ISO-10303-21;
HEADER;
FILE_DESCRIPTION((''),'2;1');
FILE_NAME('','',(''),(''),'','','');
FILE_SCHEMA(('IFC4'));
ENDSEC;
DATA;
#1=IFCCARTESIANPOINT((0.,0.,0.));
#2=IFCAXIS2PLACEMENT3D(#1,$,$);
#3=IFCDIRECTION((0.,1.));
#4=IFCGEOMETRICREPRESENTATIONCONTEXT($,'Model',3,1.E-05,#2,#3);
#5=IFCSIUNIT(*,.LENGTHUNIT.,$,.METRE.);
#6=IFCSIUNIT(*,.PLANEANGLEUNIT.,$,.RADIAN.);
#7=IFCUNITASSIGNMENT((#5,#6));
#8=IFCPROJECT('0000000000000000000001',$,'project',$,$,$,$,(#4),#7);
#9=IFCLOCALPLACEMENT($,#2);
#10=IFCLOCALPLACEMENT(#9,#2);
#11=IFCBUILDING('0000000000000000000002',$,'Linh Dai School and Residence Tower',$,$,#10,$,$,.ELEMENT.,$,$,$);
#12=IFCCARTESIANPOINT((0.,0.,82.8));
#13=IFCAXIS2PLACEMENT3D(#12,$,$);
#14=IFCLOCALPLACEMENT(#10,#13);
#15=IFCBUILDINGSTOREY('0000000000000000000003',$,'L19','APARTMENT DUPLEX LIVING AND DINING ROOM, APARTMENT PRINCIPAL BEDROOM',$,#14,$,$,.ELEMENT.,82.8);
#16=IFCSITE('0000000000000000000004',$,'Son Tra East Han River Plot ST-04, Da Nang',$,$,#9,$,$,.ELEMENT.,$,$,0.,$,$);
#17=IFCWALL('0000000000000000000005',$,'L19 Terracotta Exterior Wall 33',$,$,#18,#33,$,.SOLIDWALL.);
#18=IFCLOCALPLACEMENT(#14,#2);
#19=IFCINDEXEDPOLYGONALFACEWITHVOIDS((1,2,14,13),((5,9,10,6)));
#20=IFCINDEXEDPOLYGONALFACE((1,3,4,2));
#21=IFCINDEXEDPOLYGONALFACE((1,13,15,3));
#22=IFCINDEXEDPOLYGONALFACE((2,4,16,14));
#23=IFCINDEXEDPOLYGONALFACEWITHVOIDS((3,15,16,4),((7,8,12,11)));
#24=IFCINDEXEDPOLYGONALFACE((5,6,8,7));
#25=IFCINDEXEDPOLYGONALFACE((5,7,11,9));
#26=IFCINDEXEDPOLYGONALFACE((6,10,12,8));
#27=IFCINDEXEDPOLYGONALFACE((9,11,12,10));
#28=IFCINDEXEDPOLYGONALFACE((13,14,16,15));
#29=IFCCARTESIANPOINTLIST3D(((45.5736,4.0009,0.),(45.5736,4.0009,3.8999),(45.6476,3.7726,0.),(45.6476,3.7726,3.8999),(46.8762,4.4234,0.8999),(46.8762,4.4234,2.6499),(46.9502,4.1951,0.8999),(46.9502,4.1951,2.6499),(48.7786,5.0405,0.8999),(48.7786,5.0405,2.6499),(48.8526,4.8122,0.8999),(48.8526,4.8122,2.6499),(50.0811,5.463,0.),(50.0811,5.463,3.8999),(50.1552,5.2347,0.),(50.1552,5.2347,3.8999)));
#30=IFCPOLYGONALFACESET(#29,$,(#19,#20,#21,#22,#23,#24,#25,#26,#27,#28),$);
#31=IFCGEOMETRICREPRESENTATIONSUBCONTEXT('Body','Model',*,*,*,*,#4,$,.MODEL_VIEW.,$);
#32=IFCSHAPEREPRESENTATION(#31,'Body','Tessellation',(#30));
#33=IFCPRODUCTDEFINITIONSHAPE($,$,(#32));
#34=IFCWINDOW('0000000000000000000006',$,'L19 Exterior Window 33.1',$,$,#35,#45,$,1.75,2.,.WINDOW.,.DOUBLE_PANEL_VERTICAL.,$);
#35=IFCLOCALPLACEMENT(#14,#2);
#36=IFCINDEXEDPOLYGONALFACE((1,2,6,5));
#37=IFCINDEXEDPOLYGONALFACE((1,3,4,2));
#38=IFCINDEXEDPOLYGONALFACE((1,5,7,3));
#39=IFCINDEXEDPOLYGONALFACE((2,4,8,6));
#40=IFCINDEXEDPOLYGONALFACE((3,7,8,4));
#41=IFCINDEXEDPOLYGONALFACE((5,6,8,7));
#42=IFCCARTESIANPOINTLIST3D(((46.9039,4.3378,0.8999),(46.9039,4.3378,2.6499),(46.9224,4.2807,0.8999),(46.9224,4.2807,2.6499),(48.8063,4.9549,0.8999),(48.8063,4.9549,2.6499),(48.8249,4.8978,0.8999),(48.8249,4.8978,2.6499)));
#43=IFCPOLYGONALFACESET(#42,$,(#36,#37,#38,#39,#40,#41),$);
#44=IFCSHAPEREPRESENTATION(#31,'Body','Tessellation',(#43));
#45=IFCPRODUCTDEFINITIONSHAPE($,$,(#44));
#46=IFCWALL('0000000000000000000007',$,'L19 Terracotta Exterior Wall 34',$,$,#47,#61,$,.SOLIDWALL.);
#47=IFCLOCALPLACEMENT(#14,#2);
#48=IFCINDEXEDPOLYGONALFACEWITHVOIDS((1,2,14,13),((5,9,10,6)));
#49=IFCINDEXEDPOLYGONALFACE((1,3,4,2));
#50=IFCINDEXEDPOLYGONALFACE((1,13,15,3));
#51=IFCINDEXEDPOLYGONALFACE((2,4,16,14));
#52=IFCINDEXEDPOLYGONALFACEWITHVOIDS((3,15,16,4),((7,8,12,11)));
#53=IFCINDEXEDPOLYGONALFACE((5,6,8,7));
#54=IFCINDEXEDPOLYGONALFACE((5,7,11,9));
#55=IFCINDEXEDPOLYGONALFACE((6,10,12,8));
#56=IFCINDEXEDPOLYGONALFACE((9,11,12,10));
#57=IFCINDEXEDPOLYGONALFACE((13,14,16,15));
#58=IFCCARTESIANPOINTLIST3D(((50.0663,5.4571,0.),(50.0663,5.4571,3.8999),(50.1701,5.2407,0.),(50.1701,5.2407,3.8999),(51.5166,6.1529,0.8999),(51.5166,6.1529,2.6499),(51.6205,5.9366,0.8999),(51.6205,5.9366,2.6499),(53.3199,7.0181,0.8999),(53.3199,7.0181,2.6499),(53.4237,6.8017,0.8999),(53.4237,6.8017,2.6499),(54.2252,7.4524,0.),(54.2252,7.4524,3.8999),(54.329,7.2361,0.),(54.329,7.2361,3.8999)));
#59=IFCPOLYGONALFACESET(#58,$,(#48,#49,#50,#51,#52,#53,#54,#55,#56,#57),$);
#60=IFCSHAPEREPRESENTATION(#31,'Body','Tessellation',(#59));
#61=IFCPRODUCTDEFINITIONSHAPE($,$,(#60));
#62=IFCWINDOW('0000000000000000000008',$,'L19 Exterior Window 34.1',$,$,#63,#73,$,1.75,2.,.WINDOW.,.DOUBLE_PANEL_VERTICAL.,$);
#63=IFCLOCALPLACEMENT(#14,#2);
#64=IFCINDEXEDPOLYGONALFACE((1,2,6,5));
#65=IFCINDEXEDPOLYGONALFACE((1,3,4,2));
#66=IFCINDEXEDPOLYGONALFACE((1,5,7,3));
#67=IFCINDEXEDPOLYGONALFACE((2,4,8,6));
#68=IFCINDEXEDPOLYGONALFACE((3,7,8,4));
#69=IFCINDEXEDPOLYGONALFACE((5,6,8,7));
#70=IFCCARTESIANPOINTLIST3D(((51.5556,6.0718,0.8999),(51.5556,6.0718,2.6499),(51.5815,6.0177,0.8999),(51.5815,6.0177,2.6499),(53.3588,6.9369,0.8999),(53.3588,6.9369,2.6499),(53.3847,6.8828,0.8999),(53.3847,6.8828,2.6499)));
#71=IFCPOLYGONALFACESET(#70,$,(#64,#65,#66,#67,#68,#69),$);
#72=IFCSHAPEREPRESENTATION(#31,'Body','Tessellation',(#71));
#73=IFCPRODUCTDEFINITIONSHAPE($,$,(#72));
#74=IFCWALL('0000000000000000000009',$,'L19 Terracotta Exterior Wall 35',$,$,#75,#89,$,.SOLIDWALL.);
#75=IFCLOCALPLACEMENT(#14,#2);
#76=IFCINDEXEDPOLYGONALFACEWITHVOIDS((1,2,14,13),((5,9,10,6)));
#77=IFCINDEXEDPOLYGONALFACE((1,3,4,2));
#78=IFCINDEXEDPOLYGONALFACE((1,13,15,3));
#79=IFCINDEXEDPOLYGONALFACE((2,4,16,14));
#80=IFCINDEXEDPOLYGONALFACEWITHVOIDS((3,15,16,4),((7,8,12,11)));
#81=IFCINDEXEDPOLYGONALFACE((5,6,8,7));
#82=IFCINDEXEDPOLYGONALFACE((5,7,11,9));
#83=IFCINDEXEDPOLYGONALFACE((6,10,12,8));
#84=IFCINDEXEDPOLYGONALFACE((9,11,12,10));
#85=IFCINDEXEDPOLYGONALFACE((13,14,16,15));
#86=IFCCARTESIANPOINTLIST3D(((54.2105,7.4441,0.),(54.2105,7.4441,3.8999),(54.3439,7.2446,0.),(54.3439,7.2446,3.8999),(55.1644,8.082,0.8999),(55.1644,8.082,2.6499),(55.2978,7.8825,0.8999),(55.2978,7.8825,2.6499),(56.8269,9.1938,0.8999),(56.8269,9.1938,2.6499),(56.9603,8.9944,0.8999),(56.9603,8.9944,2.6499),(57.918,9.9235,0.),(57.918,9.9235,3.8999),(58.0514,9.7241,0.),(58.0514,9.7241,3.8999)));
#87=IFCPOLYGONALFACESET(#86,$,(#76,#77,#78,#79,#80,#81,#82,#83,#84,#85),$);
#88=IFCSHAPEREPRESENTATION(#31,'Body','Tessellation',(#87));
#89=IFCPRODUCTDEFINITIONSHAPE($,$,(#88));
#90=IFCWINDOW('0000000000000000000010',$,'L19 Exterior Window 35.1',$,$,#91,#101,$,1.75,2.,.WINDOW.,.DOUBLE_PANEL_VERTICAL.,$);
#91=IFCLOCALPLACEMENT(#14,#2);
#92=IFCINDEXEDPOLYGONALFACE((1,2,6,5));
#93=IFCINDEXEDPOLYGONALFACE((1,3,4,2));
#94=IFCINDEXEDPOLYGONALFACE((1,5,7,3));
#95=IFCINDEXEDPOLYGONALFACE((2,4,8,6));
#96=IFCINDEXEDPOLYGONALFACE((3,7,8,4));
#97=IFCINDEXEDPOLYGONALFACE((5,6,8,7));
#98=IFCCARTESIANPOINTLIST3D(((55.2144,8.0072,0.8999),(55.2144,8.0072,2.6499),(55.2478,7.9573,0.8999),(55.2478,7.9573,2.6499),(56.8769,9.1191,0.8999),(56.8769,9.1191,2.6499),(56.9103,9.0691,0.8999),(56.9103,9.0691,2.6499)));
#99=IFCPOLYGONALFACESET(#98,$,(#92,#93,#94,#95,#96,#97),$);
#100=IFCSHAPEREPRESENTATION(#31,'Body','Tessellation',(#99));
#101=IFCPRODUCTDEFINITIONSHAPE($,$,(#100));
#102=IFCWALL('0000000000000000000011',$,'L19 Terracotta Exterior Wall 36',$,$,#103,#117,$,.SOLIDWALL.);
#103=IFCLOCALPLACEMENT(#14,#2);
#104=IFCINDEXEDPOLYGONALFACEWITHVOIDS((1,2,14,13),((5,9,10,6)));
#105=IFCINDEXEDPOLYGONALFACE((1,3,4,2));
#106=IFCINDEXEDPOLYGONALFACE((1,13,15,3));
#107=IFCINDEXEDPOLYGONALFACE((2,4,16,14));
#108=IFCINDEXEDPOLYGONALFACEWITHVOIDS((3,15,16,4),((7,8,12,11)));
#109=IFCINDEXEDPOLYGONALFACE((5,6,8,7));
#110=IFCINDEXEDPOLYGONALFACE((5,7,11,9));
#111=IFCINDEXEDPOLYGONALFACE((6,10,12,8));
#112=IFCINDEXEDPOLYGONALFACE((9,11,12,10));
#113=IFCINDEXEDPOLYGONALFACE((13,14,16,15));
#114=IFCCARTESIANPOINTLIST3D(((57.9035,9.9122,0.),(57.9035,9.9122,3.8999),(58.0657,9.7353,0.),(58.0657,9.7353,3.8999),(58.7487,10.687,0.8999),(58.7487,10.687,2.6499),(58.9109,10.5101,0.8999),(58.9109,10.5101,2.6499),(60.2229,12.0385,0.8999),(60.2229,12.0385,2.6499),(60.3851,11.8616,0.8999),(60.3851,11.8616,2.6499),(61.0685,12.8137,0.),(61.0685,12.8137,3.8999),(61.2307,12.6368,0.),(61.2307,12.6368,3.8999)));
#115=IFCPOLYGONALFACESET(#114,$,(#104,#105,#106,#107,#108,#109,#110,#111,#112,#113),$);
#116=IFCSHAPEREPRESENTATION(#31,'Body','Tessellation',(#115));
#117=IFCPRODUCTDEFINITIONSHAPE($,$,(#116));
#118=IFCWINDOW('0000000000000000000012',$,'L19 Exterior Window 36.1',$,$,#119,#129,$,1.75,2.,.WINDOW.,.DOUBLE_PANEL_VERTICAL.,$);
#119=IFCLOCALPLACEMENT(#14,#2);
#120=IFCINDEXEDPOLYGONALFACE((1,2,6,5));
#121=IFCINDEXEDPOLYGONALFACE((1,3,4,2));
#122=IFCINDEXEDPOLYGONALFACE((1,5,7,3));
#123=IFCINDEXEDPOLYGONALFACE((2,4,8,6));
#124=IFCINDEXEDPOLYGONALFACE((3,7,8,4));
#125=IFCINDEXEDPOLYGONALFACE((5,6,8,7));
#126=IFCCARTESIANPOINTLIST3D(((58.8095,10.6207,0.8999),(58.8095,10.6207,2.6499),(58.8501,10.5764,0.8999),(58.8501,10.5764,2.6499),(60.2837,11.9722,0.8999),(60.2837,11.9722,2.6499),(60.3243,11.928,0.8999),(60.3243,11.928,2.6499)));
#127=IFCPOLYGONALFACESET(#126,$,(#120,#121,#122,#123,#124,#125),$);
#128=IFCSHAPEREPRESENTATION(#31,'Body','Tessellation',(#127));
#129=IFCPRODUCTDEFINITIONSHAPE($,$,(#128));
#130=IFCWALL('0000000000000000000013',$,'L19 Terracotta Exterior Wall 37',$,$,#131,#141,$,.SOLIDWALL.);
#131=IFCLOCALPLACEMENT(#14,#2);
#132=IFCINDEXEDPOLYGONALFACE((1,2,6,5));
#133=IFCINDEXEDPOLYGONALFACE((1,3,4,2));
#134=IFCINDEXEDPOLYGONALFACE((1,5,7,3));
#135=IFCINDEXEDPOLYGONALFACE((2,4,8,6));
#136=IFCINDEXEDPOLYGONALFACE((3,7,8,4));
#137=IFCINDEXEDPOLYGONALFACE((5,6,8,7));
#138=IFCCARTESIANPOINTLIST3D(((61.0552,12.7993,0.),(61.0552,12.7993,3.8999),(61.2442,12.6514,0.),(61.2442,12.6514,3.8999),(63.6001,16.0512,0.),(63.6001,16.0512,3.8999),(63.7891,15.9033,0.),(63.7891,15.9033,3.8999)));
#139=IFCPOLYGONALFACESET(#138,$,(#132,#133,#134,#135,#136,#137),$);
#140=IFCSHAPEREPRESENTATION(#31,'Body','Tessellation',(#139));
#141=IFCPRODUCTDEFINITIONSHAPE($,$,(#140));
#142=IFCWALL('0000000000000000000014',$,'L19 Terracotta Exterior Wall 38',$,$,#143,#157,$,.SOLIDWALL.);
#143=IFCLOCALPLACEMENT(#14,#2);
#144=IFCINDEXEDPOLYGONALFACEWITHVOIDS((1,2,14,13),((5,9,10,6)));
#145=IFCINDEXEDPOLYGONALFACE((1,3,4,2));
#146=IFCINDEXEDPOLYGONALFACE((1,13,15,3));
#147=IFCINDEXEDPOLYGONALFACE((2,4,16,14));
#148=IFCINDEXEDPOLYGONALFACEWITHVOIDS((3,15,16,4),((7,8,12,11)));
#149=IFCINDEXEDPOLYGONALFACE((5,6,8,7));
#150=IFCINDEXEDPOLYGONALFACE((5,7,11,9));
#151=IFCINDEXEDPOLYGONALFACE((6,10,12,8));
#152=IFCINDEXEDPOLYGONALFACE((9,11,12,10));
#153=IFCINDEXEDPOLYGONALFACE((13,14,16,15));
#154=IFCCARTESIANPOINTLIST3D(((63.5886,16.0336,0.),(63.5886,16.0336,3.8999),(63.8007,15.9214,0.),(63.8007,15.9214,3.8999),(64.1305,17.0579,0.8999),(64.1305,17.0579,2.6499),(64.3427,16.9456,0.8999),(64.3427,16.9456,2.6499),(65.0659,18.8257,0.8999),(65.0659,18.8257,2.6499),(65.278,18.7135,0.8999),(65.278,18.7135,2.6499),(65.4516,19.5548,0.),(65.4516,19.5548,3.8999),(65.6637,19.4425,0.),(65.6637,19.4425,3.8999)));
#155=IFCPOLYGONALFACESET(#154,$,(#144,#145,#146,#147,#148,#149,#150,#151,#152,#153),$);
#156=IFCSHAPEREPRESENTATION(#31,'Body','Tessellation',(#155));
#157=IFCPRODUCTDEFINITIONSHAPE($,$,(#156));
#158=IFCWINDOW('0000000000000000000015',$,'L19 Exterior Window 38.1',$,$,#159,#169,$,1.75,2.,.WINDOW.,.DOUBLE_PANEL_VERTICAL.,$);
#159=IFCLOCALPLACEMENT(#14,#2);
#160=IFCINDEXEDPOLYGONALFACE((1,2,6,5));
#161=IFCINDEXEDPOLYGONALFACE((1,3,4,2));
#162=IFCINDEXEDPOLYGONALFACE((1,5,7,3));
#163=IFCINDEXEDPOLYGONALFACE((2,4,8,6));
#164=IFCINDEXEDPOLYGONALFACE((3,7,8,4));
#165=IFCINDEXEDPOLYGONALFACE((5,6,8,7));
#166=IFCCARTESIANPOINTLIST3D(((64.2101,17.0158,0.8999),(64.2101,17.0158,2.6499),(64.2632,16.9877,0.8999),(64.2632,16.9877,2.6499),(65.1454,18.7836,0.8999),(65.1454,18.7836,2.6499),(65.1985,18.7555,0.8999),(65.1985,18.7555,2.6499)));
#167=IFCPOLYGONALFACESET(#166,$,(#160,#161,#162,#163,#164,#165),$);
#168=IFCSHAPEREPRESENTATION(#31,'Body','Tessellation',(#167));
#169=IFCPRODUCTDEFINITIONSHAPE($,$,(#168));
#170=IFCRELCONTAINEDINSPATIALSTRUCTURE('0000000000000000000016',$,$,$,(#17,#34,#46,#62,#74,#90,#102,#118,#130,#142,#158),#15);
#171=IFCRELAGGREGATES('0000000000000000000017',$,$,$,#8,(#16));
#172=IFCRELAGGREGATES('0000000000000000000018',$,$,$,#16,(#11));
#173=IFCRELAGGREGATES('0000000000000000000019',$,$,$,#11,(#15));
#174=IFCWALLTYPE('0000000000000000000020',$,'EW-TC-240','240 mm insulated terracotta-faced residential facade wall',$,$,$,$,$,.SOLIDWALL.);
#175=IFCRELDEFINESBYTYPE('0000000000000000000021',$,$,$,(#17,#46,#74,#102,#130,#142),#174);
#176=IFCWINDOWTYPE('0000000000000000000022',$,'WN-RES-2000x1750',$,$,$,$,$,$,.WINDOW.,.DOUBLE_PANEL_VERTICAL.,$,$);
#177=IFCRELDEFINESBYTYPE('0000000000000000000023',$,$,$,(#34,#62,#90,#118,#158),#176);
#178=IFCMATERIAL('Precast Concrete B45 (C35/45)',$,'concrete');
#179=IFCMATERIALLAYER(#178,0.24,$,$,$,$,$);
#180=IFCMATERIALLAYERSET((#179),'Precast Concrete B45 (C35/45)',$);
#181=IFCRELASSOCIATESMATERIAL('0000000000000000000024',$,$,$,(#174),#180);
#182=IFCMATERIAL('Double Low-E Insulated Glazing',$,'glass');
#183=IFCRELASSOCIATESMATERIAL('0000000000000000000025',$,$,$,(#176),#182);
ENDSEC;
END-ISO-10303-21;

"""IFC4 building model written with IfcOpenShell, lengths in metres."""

from ifc_helpers import new_model, si_unit, direction, frame, frame_2d, origin, origin_2d, place, context, subcontext, project, spatial, rectangle, extrude, source, transform, mapped, material, layer, layer_set, type_object, element, fill, save


model = new_model("IFC4")

# Units and contexts
model_context = context("Model", 3, precision=1e-05, world=origin(), true_north=direction((0.0, 1.0)))
body_context = subcontext(model_context, "Body", "Model", "MODEL_VIEW")
ifc_project = project(units=[si_unit("LENGTHUNIT", "METRE"), si_unit("PLANEANGLEUNIT", "RADIAN")], contexts=[model_context])

# Site, building, storey
site_placement = place(None, origin())
site = spatial("IfcSite", under=ifc_project, at=site_placement, Name="Son Tra East Han River Plot ST-04, Da Nang", CompositionType="ELEMENT", RefElevation=0.0)
building_placement = place(site_placement, origin())
building = spatial("IfcBuilding", under=site, at=building_placement, Name="Linh Dai School and Residence Tower", CompositionType="ELEMENT")
storey_placement = place(building_placement, frame((0.0, 0.0, 82.8)))
storey = spatial("IfcBuildingStorey", under=building, at=storey_placement, Name="L19", Description="APARTMENT DUPLEX LIVING AND DINING ROOM, APARTMENT PRINCIPAL BEDROOM", CompositionType="ELEMENT", Elevation=82.8)

# Shared definitions
ifc_material_1 = material(Name="Precast Concrete B45 (C35/45)", Category="concrete")

# Walls, openings, windows
ifc_layer_1 = layer(ifc_material_1, 0.24)
ifc_layer_set_1 = layer_set([ifc_layer_1], Name="Precast Concrete B45 (C35/45)")
wall_type_1 = type_object("IfcWallType", Name="EW-TC-240", Description="240 mm insulated terracotta-faced residential facade wall", PredefinedType="SOLIDWALL", material=ifc_layer_set_1)
wall_1_placement = place(storey_placement, frame((50.1182, 5.3489, 0.0), z_axis=(0.0, 0.0, 1.0), x_axis=(-0.951208, -0.308551, 0.0)))
wall_1 = element("IfcWall", 1, at=wall_1_placement, inside=storey, type_object=wall_type_1, Name="L19 Terracotta Exterior Wall 33", PredefinedType="SOLIDWALL", context=body_context, shape_type="SweptSolid", body=[
    extrude(rectangle(XDim=4.7388, YDim=0.24, at=frame_2d((2.3694, 0.0))), origin(), (0.0, 0.0, 1.0), 3.8999),
])
opening_1_placement = place(wall_1_placement, frame((1.3694, 0.0, 0.8999)))
opening_1 = element("IfcOpeningElement", 2, at=opening_1_placement, cuts=wall_1, PredefinedType="OPENING", context=body_context, shape_type="SweptSolid", body=[
    extrude(rectangle(XDim=2.0, YDim=1.75, at=origin_2d()), frame((1.0, 0.1299, 0.875), z_axis=(0.0, -1.0, 0.0), x_axis=(1.0, 0.0, 0.0)), (0.0, 0.0, 1.0), 0.26),
])
ifc_material_2 = material(Name="Double Low-E Insulated Glazing", Category="glass")
window_type = type_object("IfcWindowType", Name="WN-RES-2000x1750", PartitioningType="DOUBLE_PANEL_VERTICAL", PredefinedType="WINDOW", material=ifc_material_2)
shared_shape_1 = source(origin(), body_context, "Body", "SweptSolid", [
    extrude(rectangle(XDim=2.0, YDim=1.75, at=origin_2d()), frame((1.0, 0.03, 0.875), z_axis=(0.0, -1.0, 0.0), x_axis=(1.0, 0.0, 0.0)), (0.0, 0.0, 1.0), 0.0601),
])
window_1_placement = place(opening_1_placement, origin())
window_1 = element("IfcWindow", 3, at=window_1_placement, inside=storey, type_object=window_type, Name="L19 Exterior Window 33.1", OverallHeight=1.75, OverallWidth=2.0, PartitioningType="DOUBLE_PANEL_VERTICAL", PredefinedType="WINDOW", context=body_context, shape_type="MappedRepresentation", body=[
    mapped(shared_shape_1, transform((0.0, 0.0, 0.0), x_axis=(1.0, 0.0, 0.0), y_axis=(0.0, 1.0, 0.0), z_axis=(0.0, 0.0, 1.0), scale=1.0)),
])
fill(opening_1, window_1)
wall_2_placement = place(storey_placement, frame((54.2771, 7.3442, 0.0), z_axis=(0.0, 0.0, 1.0), x_axis=(-0.901602, -0.432568, 0.0)))
wall_2 = element("IfcWall", 4, at=wall_2_placement, inside=storey, type_object=wall_type_1, Name="L19 Terracotta Exterior Wall 34", PredefinedType="SOLIDWALL", context=body_context, shape_type="SweptSolid", body=[
    extrude(rectangle(XDim=4.6128, YDim=0.24, at=frame_2d((2.3064, 0.0))), origin(), (0.0, 0.0, 1.0), 3.8999),
])
opening_2_placement = place(wall_2_placement, frame((1.0042, 0.0, 0.8999)))
opening_2 = element("IfcOpeningElement", 5, at=opening_2_placement, cuts=wall_2, PredefinedType="OPENING", context=body_context, shape_type="SweptSolid", body=[
    extrude(rectangle(XDim=2.0, YDim=1.75, at=origin_2d()), frame((1.0, 0.1299, 0.875), z_axis=(0.0, -1.0, 0.0), x_axis=(1.0, 0.0, 0.0)), (0.0, 0.0, 1.0), 0.26),
])
window_2_placement = place(opening_2_placement, origin())
window_2 = element("IfcWindow", 6, at=window_2_placement, inside=storey, type_object=window_type, Name="L19 Exterior Window 34.1", OverallHeight=1.75, OverallWidth=2.0, PartitioningType="DOUBLE_PANEL_VERTICAL", PredefinedType="WINDOW", context=body_context, shape_type="MappedRepresentation", body=[
    mapped(shared_shape_1, transform((0.0, 0.0, 0.0), x_axis=(1.0, 0.0, 0.0), y_axis=(0.0, 1.0, 0.0), z_axis=(0.0, 0.0, 1.0), scale=1.0)),
])
fill(opening_2, window_2)
wall_3_placement = place(storey_placement, frame((57.9846, 9.8237, 0.0), z_axis=(0.0, 0.0, 1.0), x_axis=(-0.831241, -0.555912, 0.0)))
wall_3 = element("IfcWall", 7, at=wall_3_placement, inside=storey, type_object=wall_type_1, Name="L19 Terracotta Exterior Wall 35", PredefinedType="SOLIDWALL", context=body_context, shape_type="SweptSolid", body=[
    extrude(rectangle(XDim=4.4602, YDim=0.24, at=frame_2d((2.23, 0.0))), origin(), (0.0, 0.0, 1.0), 3.8999),
])
opening_3_placement = place(wall_3_placement, frame((1.3125, 0.0, 0.8999)))
opening_3 = element("IfcOpeningElement", 8, at=opening_3_placement, cuts=wall_3, PredefinedType="OPENING", context=body_context, shape_type="SweptSolid", body=[
    extrude(rectangle(XDim=2.0, YDim=1.75, at=origin_2d()), frame((1.0, 0.1299, 0.875), z_axis=(0.0, -1.0, 0.0), x_axis=(1.0, 0.0, 0.0)), (0.0, 0.0, 1.0), 0.26),
])
window_3_placement = place(opening_3_placement, origin())
window_3 = element("IfcWindow", 9, at=window_3_placement, inside=storey, type_object=window_type, Name="L19 Exterior Window 35.1", OverallHeight=1.75, OverallWidth=2.0, PartitioningType="DOUBLE_PANEL_VERTICAL", PredefinedType="WINDOW", context=body_context, shape_type="MappedRepresentation", body=[
    mapped(shared_shape_1, transform((0.0, 0.0, 0.0), x_axis=(1.0, 0.0, 0.0), y_axis=(0.0, 1.0, 0.0), z_axis=(0.0, 0.0, 1.0), scale=1.0)),
])
fill(opening_3, window_3)
wall_4_placement = place(storey_placement, frame((61.1497, 12.7253, 0.0), z_axis=(0.0, 0.0, 1.0), x_axis=(-0.737116, -0.675766, 0.0)))
wall_4 = element("IfcWall", 10, at=wall_4_placement, inside=storey, type_object=wall_type_1, Name="L19 Terracotta Exterior Wall 36", PredefinedType="SOLIDWALL", context=body_context, shape_type="SweptSolid", body=[
    extrude(rectangle(XDim=4.2937, YDim=0.24, at=frame_2d((2.147, 0.0))), origin(), (0.0, 0.0, 1.0), 3.8999),
])
opening_4_placement = place(wall_4_placement, frame((1.1472, 0.0, 0.8999)))
opening_4 = element("IfcOpeningElement", 11, at=opening_4_placement, cuts=wall_4, PredefinedType="OPENING", context=body_context, shape_type="SweptSolid", body=[
    extrude(rectangle(XDim=2.0, YDim=1.75, at=origin_2d()), frame((1.0, 0.1299, 0.875), z_axis=(0.0, -1.0, 0.0), x_axis=(1.0, 0.0, 0.0)), (0.0, 0.0, 1.0), 0.26),
])
window_4_placement = place(opening_4_placement, origin())
window_4 = element("IfcWindow", 12, at=window_4_placement, inside=storey, type_object=window_type, Name="L19 Exterior Window 36.1", OverallHeight=1.75, OverallWidth=2.0, PartitioningType="DOUBLE_PANEL_VERTICAL", PredefinedType="WINDOW", context=body_context, shape_type="MappedRepresentation", body=[
    mapped(shared_shape_1, transform((0.0, 0.0, 0.0), x_axis=(1.0, 0.0, 0.0), y_axis=(0.0, 1.0, 0.0), z_axis=(0.0, 0.0, 1.0), scale=1.0)),
])
fill(opening_4, window_4)

# Wall
wall_5_placement = place(storey_placement, frame((63.6946, 15.9773, 0.0), z_axis=(0.0, 0.0, 1.0), x_axis=(-0.616296, -0.787515, 0.0)))
element("IfcWall", 13, at=wall_5_placement, inside=storey, type_object=wall_type_1, Name="L19 Terracotta Exterior Wall 37", PredefinedType="SOLIDWALL", context=body_context, shape_type="SweptSolid", body=[
    extrude(rectangle(XDim=4.1294, YDim=0.24, at=frame_2d((2.0647, 0.0))), origin(), (0.0, 0.0, 1.0), 3.8999),
])

# Wall, opening, window
wall_6_placement = place(storey_placement, frame((65.5576, 19.4985, 0.0), z_axis=(0.0, 0.0, 1.0), x_axis=(-0.467662, -0.883907, 0.0)))
wall_6 = element("IfcWall", 14, at=wall_6_placement, inside=storey, type_object=wall_type_1, Name="L19 Terracotta Exterior Wall 38", PredefinedType="SOLIDWALL", context=body_context, shape_type="SweptSolid", body=[
    extrude(rectangle(XDim=3.9836, YDim=0.24, at=frame_2d((1.9917, 0.0))), origin(), (0.0, 0.0, 1.0), 3.8999),
])
opening_5_placement = place(wall_6_placement, frame((0.8247, 0.0, 0.8999)))
opening_5 = element("IfcOpeningElement", 15, at=opening_5_placement, cuts=wall_6, PredefinedType="OPENING", context=body_context, shape_type="SweptSolid", body=[
    extrude(rectangle(XDim=2.0, YDim=1.75, at=origin_2d()), frame((1.0, 0.1299, 0.875), z_axis=(0.0, -1.0, 0.0), x_axis=(1.0, 0.0, 0.0)), (0.0, 0.0, 1.0), 0.26),
])
window_5_placement = place(opening_5_placement, origin())
window_5 = element("IfcWindow", 16, at=window_5_placement, inside=storey, type_object=window_type, Name="L19 Exterior Window 38.1", OverallHeight=1.75, OverallWidth=2.0, PartitioningType="DOUBLE_PANEL_VERTICAL", PredefinedType="WINDOW", context=body_context, shape_type="MappedRepresentation", body=[
    mapped(shared_shape_1, transform((0.0, 0.0, 0.0), x_axis=(1.0, 0.0, 0.0), y_axis=(0.0, 1.0, 0.0), z_axis=(0.0, 0.0, 1.0), scale=1.0)),
])
fill(opening_5, window_5)

save(model, "model.ifc")
